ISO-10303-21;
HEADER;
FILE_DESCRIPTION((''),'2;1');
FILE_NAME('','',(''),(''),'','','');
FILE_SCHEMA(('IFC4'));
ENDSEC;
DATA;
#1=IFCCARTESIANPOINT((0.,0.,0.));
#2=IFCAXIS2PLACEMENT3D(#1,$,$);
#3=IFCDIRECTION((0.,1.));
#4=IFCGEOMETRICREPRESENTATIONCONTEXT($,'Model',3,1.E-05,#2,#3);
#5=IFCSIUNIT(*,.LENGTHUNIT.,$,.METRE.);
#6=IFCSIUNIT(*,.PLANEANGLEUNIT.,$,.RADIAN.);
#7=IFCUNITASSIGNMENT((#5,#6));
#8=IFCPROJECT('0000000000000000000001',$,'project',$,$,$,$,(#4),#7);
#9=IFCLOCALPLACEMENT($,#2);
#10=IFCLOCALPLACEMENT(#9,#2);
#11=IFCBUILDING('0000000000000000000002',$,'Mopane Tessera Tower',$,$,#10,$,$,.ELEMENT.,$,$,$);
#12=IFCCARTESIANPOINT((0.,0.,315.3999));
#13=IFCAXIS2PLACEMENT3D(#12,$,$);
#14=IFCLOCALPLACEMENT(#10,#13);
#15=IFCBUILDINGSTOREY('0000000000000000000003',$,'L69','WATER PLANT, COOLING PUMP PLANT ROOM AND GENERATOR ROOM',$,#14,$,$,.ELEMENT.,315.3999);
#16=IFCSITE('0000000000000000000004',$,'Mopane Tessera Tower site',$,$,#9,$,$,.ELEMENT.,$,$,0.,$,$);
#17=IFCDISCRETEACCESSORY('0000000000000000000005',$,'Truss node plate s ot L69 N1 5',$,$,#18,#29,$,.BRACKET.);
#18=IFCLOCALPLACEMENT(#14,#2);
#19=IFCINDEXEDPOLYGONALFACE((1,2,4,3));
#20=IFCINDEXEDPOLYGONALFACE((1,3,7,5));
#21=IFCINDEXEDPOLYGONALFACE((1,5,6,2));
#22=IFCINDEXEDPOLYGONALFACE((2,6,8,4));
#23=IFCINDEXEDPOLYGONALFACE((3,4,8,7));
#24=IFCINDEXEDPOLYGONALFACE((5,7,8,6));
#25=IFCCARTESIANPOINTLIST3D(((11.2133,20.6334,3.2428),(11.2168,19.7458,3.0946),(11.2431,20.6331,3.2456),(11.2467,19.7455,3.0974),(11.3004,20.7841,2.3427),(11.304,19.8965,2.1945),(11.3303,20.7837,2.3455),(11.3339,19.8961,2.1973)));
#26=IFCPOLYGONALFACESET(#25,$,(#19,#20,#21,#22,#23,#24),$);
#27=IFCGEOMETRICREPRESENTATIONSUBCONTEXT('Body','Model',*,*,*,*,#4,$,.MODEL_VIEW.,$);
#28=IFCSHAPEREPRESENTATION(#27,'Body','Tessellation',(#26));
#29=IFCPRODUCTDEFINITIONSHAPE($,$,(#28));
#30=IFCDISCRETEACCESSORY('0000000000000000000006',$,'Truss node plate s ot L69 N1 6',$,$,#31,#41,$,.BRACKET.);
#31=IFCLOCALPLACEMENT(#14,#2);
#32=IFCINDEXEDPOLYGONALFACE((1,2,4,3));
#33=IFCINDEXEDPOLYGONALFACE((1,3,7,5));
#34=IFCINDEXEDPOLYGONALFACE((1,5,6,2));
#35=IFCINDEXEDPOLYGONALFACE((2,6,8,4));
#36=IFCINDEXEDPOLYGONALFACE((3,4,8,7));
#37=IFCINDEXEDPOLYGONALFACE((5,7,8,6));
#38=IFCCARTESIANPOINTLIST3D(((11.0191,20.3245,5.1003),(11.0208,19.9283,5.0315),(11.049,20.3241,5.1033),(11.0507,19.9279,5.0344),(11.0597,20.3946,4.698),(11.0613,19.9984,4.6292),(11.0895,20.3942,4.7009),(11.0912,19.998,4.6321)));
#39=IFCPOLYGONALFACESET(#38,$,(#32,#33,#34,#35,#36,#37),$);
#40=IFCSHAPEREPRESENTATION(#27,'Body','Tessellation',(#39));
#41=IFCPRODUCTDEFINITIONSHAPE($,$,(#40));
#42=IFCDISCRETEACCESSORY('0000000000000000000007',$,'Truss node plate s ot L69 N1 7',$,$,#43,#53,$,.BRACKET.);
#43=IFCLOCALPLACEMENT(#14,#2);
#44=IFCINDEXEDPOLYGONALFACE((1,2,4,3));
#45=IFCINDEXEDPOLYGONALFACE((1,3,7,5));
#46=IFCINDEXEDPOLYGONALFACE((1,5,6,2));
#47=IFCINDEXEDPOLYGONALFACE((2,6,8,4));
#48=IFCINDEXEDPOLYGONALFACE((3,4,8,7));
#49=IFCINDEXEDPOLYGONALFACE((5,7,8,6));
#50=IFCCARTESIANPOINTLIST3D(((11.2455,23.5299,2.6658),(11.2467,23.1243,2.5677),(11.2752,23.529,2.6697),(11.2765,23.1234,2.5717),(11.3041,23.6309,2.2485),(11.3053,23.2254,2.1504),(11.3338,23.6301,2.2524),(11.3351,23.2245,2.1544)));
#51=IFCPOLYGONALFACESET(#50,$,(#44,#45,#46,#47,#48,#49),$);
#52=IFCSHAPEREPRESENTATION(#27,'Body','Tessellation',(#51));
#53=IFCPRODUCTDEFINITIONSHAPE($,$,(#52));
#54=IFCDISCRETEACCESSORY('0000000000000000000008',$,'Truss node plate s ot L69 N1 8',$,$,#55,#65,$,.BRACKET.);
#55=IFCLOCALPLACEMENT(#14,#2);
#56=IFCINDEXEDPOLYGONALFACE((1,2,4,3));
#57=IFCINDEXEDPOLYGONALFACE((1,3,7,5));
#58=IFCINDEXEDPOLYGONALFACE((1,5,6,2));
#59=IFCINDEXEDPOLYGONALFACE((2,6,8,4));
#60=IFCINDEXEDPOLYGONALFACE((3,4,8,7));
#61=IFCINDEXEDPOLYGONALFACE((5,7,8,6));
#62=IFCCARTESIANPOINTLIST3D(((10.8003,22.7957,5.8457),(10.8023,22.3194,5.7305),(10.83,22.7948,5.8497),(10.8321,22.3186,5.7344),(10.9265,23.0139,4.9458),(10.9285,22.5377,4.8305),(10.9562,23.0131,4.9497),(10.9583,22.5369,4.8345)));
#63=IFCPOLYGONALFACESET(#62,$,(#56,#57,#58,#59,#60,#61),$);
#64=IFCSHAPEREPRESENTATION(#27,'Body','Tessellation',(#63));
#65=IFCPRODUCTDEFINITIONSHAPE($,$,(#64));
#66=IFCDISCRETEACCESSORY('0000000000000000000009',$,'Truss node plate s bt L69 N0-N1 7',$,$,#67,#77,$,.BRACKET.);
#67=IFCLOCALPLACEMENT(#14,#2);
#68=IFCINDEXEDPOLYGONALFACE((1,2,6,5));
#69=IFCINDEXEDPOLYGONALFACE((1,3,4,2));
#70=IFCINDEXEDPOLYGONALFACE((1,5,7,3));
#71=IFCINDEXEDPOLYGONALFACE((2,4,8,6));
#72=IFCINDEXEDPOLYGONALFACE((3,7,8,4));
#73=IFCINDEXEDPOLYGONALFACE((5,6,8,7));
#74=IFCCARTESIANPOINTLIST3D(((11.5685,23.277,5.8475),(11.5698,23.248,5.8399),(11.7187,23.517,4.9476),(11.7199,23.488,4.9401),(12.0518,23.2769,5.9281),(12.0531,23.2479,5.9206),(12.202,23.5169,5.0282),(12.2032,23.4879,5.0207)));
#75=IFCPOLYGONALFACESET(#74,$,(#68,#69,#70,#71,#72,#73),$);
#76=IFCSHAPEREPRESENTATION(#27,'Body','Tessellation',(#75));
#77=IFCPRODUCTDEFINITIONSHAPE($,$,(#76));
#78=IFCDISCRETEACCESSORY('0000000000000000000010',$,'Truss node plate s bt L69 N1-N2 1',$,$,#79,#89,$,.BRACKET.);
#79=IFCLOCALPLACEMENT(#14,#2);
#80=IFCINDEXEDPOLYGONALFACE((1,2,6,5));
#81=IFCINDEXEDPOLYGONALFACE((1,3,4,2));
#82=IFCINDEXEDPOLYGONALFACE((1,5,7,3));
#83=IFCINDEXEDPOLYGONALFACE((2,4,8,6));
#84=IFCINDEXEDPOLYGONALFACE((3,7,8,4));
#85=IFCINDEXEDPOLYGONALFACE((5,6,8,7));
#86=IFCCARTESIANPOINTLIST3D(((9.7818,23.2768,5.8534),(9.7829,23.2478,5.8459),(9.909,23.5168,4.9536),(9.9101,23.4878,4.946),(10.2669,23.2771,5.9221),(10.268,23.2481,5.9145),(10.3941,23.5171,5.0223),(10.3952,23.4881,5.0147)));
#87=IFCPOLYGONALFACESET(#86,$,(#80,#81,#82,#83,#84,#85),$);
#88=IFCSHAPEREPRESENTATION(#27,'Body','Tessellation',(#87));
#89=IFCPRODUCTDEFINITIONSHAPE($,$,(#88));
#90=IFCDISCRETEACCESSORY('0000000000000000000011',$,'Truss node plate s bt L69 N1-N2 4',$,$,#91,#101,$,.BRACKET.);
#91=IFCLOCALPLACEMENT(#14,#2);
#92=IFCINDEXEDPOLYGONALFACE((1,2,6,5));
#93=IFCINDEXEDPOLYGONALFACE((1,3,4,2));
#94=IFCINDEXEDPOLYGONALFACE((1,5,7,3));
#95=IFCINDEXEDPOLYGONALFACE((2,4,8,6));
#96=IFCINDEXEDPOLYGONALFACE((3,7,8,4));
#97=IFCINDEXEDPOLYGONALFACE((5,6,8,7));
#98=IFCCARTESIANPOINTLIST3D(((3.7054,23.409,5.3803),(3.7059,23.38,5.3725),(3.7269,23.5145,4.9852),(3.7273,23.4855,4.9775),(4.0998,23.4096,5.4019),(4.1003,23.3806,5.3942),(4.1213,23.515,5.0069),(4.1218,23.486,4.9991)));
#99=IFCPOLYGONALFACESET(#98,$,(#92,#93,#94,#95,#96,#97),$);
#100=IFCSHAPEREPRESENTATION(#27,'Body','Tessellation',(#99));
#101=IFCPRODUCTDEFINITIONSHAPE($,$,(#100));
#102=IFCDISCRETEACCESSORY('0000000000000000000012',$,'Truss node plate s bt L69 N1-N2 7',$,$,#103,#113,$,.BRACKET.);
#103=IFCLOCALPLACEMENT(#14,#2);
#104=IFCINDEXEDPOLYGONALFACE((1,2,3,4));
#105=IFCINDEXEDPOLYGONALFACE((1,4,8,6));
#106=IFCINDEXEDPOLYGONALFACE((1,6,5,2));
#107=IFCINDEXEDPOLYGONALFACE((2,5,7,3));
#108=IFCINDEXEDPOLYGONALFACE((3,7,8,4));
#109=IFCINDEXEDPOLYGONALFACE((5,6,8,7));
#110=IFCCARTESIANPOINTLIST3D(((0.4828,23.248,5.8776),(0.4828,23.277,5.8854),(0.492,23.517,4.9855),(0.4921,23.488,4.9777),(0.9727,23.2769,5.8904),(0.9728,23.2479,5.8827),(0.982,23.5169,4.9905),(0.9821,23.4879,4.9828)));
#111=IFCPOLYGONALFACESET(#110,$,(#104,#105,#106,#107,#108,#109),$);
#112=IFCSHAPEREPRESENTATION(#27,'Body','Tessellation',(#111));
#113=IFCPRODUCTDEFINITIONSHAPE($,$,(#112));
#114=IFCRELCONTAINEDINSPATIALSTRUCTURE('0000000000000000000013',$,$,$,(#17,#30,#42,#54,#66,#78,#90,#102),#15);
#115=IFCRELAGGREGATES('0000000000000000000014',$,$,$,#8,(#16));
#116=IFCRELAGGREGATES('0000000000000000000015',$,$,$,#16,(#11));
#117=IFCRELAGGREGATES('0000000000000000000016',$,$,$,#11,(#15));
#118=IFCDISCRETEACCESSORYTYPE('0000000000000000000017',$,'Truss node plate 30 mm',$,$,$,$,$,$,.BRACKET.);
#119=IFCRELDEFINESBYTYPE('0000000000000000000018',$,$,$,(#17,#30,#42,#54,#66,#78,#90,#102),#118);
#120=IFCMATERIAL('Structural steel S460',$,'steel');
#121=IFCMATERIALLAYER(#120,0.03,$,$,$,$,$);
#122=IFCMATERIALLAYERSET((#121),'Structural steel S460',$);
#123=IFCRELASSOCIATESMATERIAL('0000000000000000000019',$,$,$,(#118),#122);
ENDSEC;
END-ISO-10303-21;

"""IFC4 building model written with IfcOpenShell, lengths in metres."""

from ifc_helpers import new_model, si_unit, direction, frame, origin, origin_2d, place, context, subcontext, project, spatial, rectangle, extrude, material, layer, layer_set, type_object, element, save


model = new_model("IFC4")

# Units and contexts
model_context = context("Model", 3, precision=1e-05, world=origin(), true_north=direction((0.0, 1.0)))
body_context = subcontext(model_context, "Body", "Model", "MODEL_VIEW")
ifc_project = project(units=[si_unit("LENGTHUNIT", "METRE"), si_unit("PLANEANGLEUNIT", "RADIAN")], contexts=[model_context])

# Site, building, storey
site_placement = place(None, origin())
site = spatial("IfcSite", under=ifc_project, at=site_placement, Name="Mopane Tessera Tower site", CompositionType="ELEMENT", RefElevation=0.0)
building_placement = place(site_placement, origin())
building = spatial("IfcBuilding", under=site, at=building_placement, Name="Mopane Tessera Tower", CompositionType="ELEMENT")
storey_placement = place(building_placement, frame((0.0, 0.0, 315.3999)))
storey = spatial("IfcBuildingStorey", under=building, at=storey_placement, Name="L69", Description="WATER PLANT, COOLING PUMP PLANT ROOM AND GENERATOR ROOM", CompositionType="ELEMENT", Elevation=315.3999)

# Discrete accessories
ifc_material_1 = material(Name="Structural steel S460", Category="steel")
ifc_layer_1 = layer(ifc_material_1, 0.03)
ifc_layer_set_1 = layer_set([ifc_layer_1], Name="Structural steel S460")
discrete_accessory_type_1 = type_object("IfcDiscreteAccessoryType", Name="Truss node plate 30 mm", PredefinedType="BRACKET", material=ifc_layer_set_1)
discrete_accessory_1_placement = place(storey_placement, frame((11.3171, 20.3401, 2.27), z_axis=(-0.095066, -0.164302, 0.981818), x_axis=(-0.995463, 0.011751, -0.094421)))
element("IfcDiscreteAccessory", 1, at=discrete_accessory_1_placement, inside=storey, type_object=discrete_accessory_type_1, Name="Truss node plate s ot L69 N1 5", PredefinedType="BRACKET", context=body_context, shape_type="SweptSolid", body=[
    extrude(rectangle(XDim=0.03, YDim=0.8999, at=origin_2d()), origin(), (0.0, 0.0, 1.0), 0.9167),
])
discrete_accessory_2_placement = place(storey_placement, frame((11.0754, 20.1963, 4.665), z_axis=(-0.09875, -0.17073, 0.980357), x_axis=(-0.995104, 0.012848, -0.097997)))
element("IfcDiscreteAccessory", 2, at=discrete_accessory_2_placement, inside=storey, type_object=discrete_accessory_type_1, Name="Truss node plate s ot L69 N1 6", PredefinedType="BRACKET", context=body_context, shape_type="SweptSolid", body=[
    extrude(rectangle(XDim=0.03, YDim=0.4021, at=origin_2d()), origin(), (0.0, 0.0, 1.0), 0.4104),
])
discrete_accessory_3_placement = place(storey_placement, frame((11.3196, 23.4277, 2.2014), z_axis=(-0.135232, -0.233275, 0.962962), x_axis=(-0.990809, 0.028803, -0.132165)))
element("IfcDiscreteAccessory", 3, at=discrete_accessory_3_placement, inside=storey, type_object=discrete_accessory_type_1, Name="Truss node plate s ot L69 N1 7", PredefinedType="BRACKET", context=body_context, shape_type="SweptSolid", body=[
    extrude(rectangle(XDim=0.03, YDim=0.4172, at=origin_2d()), origin(), (0.0, 0.0, 1.0), 0.4333),
])
discrete_accessory_4_placement = place(storey_placement, frame((10.9424, 22.7754, 4.8901), z_axis=(-0.13506, -0.233546, 0.96292), x_axis=(-0.990829, 0.027775, -0.132238)))
element("IfcDiscreteAccessory", 4, at=discrete_accessory_4_placement, inside=storey, type_object=discrete_accessory_type_1, Name="Truss node plate s ot L69 N1 8", PredefinedType="BRACKET", context=body_context, shape_type="SweptSolid", body=[
    extrude(rectangle(XDim=0.03, YDim=0.49, at=origin_2d()), origin(), (0.0, 0.0, 1.0), 0.9346),
])
discrete_accessory_5_placement = place(storey_placement, frame((11.9609, 23.5024, 4.9841), z_axis=(-0.159158, -0.254394, 0.953914), x_axis=(0.041685, -0.967101, -0.250956)))
element("IfcDiscreteAccessory", 5, at=discrete_accessory_5_placement, inside=storey, type_object=discrete_accessory_type_1, Name="Truss node plate s bt L69 N0-N1 7", PredefinedType="BRACKET", context=body_context, shape_type="SweptSolid", body=[
    extrude(rectangle(XDim=0.03, YDim=0.49, at=origin_2d()), origin(), (0.0, 0.0, 1.0), 0.9434),
])
discrete_accessory_6_placement = place(storey_placement, frame((10.1521, 23.5024, 4.9841), z_axis=(-0.135316, -0.255309, 0.957344), x_axis=(0.036396, -0.966859, -0.252702)))
element("IfcDiscreteAccessory", 6, at=discrete_accessory_6_placement, inside=storey, type_object=discrete_accessory_type_1, Name="Truss node plate s bt L69 N1-N2 1", PredefinedType="BRACKET", context=body_context, shape_type="SweptSolid", body=[
    extrude(rectangle(XDim=0.03, YDim=0.49, at=origin_2d()), origin(), (0.0, 0.0, 1.0), 0.9399),
])
discrete_accessory_7_placement = place(storey_placement, frame((3.9243, 23.5002, 4.9922), z_axis=(-0.052475, -0.257605, 0.964824), x_axis=(0.01548, -0.966249, -0.257143)))
element("IfcDiscreteAccessory", 7, at=discrete_accessory_7_placement, inside=storey, type_object=discrete_accessory_type_1, Name="Truss node plate s bt L69 N1-N2 4", PredefinedType="BRACKET", context=body_context, shape_type="SweptSolid", body=[
    extrude(rectangle(XDim=0.03, YDim=0.395, at=origin_2d()), origin(), (0.0, 0.0, 1.0), 0.4094),
])
discrete_accessory_8_placement = place(storey_placement, frame((0.7371, 23.5024, 4.9841), z_axis=(-0.009961, -0.257666, 0.966183), x_axis=(0.002535, -0.966234, -0.257654)))
element("IfcDiscreteAccessory", 8, at=discrete_accessory_8_placement, inside=storey, type_object=discrete_accessory_type_1, Name="Truss node plate s bt L69 N1-N2 7", PredefinedType="BRACKET", context=body_context, shape_type="SweptSolid", body=[
    extrude(rectangle(XDim=0.03, YDim=0.49, at=origin_2d()), origin(), (0.0, 0.0, 1.0), 0.9314),
])

save(model, "model.ifc")
